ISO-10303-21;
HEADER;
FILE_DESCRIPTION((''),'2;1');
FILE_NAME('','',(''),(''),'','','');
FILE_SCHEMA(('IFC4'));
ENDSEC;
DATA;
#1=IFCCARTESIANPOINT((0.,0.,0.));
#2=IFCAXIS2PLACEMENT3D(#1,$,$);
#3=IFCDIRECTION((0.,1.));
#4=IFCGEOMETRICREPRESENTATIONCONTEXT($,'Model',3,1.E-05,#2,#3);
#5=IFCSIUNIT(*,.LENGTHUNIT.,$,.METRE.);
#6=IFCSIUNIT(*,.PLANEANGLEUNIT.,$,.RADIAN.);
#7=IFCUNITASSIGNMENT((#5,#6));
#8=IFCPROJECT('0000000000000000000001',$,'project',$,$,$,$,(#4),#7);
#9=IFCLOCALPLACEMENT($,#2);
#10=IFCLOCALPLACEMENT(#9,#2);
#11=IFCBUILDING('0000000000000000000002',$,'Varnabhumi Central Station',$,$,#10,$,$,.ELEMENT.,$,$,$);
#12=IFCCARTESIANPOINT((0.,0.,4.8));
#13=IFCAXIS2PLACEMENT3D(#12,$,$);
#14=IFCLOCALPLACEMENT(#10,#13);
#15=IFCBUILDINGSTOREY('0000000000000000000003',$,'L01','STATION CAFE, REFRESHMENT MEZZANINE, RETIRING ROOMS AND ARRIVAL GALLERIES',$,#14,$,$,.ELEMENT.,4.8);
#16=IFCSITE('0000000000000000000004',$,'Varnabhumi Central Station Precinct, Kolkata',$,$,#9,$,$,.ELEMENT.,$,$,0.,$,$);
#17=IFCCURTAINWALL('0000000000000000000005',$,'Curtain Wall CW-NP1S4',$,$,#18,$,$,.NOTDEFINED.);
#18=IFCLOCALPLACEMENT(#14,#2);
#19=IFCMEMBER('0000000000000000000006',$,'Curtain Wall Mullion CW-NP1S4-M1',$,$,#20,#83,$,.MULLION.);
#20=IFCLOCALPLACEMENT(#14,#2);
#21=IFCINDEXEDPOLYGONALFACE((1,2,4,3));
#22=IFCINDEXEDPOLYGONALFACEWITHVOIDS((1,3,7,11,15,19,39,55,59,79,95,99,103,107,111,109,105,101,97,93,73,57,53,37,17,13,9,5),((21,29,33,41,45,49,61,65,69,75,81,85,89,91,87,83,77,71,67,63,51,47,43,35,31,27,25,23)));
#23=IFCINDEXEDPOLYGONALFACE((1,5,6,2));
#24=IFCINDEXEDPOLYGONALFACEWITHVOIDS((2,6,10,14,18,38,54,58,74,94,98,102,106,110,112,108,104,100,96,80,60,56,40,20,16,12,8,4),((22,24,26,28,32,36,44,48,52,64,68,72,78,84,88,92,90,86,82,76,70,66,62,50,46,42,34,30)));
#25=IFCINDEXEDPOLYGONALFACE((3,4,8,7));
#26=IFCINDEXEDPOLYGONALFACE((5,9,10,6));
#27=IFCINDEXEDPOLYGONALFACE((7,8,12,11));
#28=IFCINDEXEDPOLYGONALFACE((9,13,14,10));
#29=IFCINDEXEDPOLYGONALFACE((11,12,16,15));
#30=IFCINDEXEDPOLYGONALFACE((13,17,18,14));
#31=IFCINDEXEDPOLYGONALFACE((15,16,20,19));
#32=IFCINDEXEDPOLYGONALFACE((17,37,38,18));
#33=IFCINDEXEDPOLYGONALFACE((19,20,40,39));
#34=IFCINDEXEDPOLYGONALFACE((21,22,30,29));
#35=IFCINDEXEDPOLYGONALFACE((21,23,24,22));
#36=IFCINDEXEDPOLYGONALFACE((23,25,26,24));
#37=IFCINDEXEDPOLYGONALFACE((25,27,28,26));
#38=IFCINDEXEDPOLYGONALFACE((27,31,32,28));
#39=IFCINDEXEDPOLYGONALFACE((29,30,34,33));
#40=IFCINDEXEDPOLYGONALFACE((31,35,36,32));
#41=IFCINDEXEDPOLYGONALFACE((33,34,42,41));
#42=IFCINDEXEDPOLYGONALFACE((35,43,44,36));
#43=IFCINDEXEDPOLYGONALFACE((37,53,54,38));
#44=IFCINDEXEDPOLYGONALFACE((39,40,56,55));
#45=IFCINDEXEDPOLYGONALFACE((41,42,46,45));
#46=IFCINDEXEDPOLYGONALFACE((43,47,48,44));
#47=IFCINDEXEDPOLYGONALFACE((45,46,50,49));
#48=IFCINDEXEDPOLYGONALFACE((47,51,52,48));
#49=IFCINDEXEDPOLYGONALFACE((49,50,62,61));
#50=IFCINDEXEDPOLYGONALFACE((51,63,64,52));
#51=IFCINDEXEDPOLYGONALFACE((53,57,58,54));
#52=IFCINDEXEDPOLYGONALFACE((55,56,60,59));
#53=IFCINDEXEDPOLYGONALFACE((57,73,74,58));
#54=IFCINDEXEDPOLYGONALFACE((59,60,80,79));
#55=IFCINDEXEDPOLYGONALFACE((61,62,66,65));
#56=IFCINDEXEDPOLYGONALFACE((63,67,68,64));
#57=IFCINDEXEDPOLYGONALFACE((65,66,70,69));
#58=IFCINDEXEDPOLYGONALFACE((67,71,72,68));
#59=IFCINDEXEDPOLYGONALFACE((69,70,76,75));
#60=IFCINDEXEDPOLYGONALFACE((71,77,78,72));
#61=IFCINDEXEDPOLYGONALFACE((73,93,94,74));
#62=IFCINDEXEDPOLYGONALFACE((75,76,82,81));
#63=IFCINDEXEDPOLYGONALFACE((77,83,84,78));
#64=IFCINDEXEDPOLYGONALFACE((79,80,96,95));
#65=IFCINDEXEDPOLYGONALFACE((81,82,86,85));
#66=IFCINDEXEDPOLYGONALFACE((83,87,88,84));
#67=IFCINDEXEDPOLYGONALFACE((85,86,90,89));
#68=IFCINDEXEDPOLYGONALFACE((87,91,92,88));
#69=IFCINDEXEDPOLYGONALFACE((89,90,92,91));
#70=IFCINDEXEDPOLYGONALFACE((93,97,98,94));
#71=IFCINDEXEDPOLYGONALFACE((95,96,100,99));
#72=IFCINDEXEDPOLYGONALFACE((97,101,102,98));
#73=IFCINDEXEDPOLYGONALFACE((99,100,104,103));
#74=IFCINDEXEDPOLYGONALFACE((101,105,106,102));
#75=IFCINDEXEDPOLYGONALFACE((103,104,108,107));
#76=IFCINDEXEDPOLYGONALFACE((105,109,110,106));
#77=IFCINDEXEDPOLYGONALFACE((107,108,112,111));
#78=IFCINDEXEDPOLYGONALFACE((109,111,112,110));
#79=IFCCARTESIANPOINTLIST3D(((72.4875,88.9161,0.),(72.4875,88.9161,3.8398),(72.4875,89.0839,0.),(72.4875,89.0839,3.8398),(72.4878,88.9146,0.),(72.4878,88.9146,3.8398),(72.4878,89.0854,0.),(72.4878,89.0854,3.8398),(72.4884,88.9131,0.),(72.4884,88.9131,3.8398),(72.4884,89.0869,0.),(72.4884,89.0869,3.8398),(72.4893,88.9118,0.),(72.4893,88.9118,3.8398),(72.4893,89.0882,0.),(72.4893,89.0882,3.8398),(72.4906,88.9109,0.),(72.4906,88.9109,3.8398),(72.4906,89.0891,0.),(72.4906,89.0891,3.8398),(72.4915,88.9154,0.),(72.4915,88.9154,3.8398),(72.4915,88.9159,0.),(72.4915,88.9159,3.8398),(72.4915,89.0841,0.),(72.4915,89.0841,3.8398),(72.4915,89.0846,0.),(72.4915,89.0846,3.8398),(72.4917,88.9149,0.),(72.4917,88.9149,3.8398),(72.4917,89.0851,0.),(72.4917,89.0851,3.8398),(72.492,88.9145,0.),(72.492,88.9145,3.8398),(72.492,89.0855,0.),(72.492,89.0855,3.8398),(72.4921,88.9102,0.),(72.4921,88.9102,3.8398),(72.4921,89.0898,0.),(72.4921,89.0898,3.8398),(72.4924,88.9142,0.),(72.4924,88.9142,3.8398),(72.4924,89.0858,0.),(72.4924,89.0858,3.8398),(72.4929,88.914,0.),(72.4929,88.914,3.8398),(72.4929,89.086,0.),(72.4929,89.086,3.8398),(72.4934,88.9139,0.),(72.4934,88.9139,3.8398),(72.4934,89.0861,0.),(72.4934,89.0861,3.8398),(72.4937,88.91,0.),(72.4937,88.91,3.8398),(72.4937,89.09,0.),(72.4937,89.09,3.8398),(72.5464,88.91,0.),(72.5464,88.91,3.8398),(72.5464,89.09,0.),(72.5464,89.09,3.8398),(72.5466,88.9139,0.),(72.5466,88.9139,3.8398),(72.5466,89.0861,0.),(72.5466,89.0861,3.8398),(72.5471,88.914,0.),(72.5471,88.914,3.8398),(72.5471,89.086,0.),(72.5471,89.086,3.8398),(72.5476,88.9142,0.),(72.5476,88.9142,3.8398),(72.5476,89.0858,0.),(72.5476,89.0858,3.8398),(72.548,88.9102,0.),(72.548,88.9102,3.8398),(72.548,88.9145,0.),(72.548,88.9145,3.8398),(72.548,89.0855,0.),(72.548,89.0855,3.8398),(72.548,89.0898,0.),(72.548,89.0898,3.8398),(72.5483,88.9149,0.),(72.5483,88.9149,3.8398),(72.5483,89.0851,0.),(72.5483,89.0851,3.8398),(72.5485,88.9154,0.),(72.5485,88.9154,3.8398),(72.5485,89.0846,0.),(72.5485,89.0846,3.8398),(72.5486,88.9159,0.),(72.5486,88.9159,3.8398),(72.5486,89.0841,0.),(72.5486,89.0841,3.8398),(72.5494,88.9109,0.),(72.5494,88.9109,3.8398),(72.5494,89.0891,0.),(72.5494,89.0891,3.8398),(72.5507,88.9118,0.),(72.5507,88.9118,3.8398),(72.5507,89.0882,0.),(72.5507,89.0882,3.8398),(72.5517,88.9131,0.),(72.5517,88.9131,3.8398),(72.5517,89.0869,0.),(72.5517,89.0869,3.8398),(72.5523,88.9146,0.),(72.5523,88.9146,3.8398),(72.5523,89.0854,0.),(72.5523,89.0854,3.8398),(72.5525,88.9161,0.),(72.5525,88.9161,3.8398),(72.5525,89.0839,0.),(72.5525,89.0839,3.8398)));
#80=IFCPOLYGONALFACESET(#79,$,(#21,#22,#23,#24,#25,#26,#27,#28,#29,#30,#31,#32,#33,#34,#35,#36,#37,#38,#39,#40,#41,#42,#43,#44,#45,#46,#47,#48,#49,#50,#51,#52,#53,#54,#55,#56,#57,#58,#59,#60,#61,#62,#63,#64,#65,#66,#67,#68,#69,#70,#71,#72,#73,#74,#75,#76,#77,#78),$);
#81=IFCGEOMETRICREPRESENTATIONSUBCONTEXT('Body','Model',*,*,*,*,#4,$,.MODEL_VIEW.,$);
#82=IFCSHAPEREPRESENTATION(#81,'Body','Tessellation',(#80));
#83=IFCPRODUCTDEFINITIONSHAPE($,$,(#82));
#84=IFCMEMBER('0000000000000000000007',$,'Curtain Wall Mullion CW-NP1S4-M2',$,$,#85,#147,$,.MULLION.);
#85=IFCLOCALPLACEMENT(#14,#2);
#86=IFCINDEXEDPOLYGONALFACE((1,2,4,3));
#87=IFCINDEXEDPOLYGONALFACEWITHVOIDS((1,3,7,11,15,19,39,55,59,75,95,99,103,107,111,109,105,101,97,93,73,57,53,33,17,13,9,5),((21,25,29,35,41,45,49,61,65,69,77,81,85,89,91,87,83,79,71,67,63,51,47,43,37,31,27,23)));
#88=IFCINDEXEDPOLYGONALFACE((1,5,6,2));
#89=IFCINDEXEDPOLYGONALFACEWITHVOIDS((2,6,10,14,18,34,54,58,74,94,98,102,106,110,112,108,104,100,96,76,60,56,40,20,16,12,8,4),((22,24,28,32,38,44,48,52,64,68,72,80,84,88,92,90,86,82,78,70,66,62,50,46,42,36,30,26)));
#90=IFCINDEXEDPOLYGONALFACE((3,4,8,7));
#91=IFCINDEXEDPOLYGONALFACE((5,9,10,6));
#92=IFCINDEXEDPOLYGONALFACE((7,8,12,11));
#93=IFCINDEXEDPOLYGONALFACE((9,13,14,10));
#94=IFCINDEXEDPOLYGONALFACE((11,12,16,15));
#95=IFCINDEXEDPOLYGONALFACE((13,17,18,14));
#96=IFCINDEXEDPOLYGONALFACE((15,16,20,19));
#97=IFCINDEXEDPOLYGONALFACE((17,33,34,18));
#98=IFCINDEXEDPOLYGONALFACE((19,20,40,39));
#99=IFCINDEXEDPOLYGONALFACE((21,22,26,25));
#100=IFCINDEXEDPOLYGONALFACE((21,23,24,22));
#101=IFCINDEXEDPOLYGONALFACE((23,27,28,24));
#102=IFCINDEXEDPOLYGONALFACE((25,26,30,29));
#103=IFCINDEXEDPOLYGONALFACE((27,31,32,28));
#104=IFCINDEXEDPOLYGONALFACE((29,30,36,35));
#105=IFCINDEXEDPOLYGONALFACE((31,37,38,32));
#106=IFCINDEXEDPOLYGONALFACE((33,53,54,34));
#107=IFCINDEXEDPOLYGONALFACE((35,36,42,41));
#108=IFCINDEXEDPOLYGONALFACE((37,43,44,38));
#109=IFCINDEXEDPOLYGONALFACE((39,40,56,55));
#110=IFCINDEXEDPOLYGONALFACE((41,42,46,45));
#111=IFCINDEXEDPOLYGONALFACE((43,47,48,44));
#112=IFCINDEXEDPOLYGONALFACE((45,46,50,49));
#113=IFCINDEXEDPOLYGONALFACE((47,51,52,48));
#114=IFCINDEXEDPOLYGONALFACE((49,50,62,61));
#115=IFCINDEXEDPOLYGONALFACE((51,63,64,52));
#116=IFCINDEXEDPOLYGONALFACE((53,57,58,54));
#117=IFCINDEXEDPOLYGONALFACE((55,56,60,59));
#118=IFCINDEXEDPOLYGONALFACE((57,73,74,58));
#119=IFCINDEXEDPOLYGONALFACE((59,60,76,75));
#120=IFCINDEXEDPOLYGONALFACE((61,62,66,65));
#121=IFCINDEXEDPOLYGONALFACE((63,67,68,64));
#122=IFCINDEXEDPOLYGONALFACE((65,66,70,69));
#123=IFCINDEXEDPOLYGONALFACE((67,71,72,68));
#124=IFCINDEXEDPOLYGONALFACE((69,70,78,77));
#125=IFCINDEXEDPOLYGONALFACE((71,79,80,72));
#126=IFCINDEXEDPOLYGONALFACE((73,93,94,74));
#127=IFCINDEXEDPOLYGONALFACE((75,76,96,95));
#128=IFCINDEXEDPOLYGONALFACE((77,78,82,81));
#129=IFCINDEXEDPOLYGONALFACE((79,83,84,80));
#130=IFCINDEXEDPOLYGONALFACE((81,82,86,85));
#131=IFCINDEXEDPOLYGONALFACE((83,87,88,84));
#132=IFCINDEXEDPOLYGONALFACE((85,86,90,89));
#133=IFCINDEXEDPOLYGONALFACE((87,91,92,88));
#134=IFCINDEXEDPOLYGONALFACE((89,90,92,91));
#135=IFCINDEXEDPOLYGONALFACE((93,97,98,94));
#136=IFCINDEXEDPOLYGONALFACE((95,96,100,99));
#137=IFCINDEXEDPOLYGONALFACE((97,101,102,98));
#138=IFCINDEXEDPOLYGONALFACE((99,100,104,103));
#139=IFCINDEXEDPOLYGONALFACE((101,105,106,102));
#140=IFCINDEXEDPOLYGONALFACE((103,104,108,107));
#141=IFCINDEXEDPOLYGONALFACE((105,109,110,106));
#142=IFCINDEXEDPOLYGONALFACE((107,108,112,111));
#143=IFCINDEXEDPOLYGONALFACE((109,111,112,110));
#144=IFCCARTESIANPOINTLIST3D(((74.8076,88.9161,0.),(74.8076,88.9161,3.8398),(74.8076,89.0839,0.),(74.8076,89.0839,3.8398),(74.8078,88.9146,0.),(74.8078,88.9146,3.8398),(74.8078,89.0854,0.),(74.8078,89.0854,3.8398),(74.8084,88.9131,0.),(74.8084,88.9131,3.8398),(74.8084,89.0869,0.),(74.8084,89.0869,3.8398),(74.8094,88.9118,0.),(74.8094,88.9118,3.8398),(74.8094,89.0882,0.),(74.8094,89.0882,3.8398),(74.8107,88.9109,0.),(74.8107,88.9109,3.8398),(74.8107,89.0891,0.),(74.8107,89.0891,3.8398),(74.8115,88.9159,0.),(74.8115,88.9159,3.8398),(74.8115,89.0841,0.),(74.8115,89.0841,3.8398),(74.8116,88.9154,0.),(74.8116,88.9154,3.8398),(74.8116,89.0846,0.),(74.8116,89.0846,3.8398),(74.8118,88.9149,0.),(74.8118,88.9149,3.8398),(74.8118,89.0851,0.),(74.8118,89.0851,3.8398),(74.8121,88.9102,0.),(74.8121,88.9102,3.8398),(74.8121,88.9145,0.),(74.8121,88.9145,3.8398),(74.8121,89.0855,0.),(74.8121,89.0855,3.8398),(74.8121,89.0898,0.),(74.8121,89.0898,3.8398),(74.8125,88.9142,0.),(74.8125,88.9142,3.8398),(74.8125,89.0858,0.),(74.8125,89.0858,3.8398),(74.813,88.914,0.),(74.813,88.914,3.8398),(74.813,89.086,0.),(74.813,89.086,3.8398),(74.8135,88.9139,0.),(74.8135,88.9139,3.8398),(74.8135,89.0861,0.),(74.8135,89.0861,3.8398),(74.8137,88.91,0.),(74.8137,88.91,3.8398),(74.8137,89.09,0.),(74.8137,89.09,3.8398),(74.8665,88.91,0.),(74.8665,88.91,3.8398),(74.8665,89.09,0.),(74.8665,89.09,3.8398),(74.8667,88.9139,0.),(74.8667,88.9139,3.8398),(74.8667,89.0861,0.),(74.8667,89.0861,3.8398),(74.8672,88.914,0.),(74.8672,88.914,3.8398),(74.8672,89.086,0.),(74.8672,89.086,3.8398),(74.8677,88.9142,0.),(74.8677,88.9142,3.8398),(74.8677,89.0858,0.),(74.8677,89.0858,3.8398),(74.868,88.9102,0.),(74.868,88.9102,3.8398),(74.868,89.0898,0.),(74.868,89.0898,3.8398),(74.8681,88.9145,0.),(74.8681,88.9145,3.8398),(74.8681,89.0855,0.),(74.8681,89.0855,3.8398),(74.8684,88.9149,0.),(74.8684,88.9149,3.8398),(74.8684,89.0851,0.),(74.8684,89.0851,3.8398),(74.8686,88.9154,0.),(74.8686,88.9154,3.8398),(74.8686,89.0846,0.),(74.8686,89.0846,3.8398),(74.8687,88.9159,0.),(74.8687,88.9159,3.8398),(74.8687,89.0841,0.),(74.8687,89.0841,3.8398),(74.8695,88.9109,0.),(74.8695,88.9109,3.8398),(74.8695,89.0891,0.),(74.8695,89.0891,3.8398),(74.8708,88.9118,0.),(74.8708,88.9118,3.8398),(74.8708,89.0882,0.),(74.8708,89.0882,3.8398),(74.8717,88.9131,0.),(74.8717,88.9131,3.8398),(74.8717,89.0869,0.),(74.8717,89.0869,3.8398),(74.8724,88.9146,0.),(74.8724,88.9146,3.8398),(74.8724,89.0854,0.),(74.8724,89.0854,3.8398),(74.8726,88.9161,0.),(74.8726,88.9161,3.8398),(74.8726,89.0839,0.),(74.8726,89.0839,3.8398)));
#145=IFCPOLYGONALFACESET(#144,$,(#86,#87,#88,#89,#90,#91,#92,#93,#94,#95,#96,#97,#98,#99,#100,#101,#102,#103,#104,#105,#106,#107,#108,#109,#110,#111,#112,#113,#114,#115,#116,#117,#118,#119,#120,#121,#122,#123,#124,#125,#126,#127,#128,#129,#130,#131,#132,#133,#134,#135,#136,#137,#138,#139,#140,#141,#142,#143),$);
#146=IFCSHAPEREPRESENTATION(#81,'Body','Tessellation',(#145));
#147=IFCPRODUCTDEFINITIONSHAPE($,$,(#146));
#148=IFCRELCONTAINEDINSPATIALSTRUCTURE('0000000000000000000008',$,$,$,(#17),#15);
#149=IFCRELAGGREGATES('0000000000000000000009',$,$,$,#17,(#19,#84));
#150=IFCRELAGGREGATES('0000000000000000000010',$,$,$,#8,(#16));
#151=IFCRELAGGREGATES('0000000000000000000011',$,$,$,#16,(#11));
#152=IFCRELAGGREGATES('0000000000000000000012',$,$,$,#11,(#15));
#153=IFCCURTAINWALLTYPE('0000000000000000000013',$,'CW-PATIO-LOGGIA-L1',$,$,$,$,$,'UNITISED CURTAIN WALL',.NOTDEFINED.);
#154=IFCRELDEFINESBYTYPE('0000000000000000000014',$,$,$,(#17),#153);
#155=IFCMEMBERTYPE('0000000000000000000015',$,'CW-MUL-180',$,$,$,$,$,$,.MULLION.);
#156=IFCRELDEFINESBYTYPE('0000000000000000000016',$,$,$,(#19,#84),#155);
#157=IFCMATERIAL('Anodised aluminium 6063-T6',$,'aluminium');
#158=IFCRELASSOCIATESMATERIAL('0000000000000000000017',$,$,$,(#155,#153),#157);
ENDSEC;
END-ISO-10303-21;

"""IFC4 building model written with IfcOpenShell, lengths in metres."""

from ifc_helpers import new_model, si_unit, direction, frame, origin, origin_2d, place, context, subcontext, project, spatial, hollow_rectangle, extrude, material, material_profile, profile_set, type_object, element, aggregate, save


model = new_model("IFC4")

# Units and contexts
model_context = context("Model", 3, precision=1e-05, world=origin(), true_north=direction((0.0, 1.0)))
body_context = subcontext(model_context, "Body", "Model", "MODEL_VIEW")
ifc_project = project(units=[si_unit("LENGTHUNIT", "METRE"), si_unit("PLANEANGLEUNIT", "RADIAN")], contexts=[model_context])

# Site, building, storey
site_placement = place(None, origin())
site = spatial("IfcSite", under=ifc_project, at=site_placement, Name="Varnabhumi Central Station Precinct, Kolkata", CompositionType="ELEMENT", RefElevation=0.0)
building_placement = place(site_placement, origin())
building = spatial("IfcBuilding", under=site, at=building_placement, Name="Varnabhumi Central Station", CompositionType="ELEMENT")
storey_placement = place(building_placement, frame((0.0, 0.0, 4.8)))
storey = spatial("IfcBuildingStorey", under=building, at=storey_placement, Name="L01", Description="STATION CAFE, REFRESHMENT MEZZANINE, RETIRING ROOMS AND ARRIVAL GALLERIES", CompositionType="ELEMENT", Elevation=4.8)

# Curtain wall, members
ifc_material_1 = material(Name="Anodised aluminium 6063-T6", Category="aluminium")
ifc_material_profile_1 = material_profile(ifc_material_1, hollow_rectangle(XDim=0.0649, YDim=0.1799, WallThickness=0.0039, InnerFilletRadius=0.002, OuterFilletRadius=0.0061, at=origin_2d()), Name="Anodised aluminium 6063-T6", Category="aluminium")
ifc_profile_set_1 = profile_set([ifc_material_profile_1], Name="Anodised aluminium 6063-T6")
member_type_1 = type_object("IfcMemberType", Name="CW-MUL-180", PredefinedType="MULLION", material=ifc_profile_set_1)
curtain_wall_type_1 = type_object("IfcCurtainWallType", Name="CW-PATIO-LOGGIA-L1", ElementType="UNITISED CURTAIN WALL", PredefinedType="NOTDEFINED", material=ifc_material_1)
curtain_wall_1_placement = place(storey_placement, origin())
curtain_wall_1 = element("IfcCurtainWall", 1, at=curtain_wall_1_placement, inside=storey, type_object=curtain_wall_type_1, Name="Curtain Wall CW-NP1S4", PredefinedType="NOTDEFINED")
member_1_placement = place(storey_placement, frame((72.52, 89.0, 0.0), z_axis=(0.0, 0.0, 1.0), x_axis=(1.0, 0.0, 0.0)))
member_1 = element("IfcMember", 2, at=member_1_placement, type_object=member_type_1, Name="Curtain Wall Mullion CW-NP1S4-M1", PredefinedType="MULLION", context=body_context, shape_type="SweptSolid", body=[
    extrude(hollow_rectangle(XDim=0.0649, YDim=0.1799, WallThickness=0.0039, InnerFilletRadius=0.002, OuterFilletRadius=0.0061, at=origin_2d()), origin(), (0.0, 0.0, 1.0), 3.8398),
])
member_2_placement = place(storey_placement, frame((74.8401, 89.0, 0.0), z_axis=(0.0, 0.0, 1.0), x_axis=(1.0, 0.0, 0.0)))
member_2 = element("IfcMember", 3, at=member_2_placement, type_object=member_type_1, Name="Curtain Wall Mullion CW-NP1S4-M2", PredefinedType="MULLION", context=body_context, shape_type="SweptSolid", body=[
    extrude(hollow_rectangle(XDim=0.0649, YDim=0.1799, WallThickness=0.0039, InnerFilletRadius=0.002, OuterFilletRadius=0.0061, at=origin_2d()), origin(), (0.0, 0.0, 1.0), 3.8398),
])

aggregate(curtain_wall_1, [member_1, member_2])

save(model, "model.ifc")
